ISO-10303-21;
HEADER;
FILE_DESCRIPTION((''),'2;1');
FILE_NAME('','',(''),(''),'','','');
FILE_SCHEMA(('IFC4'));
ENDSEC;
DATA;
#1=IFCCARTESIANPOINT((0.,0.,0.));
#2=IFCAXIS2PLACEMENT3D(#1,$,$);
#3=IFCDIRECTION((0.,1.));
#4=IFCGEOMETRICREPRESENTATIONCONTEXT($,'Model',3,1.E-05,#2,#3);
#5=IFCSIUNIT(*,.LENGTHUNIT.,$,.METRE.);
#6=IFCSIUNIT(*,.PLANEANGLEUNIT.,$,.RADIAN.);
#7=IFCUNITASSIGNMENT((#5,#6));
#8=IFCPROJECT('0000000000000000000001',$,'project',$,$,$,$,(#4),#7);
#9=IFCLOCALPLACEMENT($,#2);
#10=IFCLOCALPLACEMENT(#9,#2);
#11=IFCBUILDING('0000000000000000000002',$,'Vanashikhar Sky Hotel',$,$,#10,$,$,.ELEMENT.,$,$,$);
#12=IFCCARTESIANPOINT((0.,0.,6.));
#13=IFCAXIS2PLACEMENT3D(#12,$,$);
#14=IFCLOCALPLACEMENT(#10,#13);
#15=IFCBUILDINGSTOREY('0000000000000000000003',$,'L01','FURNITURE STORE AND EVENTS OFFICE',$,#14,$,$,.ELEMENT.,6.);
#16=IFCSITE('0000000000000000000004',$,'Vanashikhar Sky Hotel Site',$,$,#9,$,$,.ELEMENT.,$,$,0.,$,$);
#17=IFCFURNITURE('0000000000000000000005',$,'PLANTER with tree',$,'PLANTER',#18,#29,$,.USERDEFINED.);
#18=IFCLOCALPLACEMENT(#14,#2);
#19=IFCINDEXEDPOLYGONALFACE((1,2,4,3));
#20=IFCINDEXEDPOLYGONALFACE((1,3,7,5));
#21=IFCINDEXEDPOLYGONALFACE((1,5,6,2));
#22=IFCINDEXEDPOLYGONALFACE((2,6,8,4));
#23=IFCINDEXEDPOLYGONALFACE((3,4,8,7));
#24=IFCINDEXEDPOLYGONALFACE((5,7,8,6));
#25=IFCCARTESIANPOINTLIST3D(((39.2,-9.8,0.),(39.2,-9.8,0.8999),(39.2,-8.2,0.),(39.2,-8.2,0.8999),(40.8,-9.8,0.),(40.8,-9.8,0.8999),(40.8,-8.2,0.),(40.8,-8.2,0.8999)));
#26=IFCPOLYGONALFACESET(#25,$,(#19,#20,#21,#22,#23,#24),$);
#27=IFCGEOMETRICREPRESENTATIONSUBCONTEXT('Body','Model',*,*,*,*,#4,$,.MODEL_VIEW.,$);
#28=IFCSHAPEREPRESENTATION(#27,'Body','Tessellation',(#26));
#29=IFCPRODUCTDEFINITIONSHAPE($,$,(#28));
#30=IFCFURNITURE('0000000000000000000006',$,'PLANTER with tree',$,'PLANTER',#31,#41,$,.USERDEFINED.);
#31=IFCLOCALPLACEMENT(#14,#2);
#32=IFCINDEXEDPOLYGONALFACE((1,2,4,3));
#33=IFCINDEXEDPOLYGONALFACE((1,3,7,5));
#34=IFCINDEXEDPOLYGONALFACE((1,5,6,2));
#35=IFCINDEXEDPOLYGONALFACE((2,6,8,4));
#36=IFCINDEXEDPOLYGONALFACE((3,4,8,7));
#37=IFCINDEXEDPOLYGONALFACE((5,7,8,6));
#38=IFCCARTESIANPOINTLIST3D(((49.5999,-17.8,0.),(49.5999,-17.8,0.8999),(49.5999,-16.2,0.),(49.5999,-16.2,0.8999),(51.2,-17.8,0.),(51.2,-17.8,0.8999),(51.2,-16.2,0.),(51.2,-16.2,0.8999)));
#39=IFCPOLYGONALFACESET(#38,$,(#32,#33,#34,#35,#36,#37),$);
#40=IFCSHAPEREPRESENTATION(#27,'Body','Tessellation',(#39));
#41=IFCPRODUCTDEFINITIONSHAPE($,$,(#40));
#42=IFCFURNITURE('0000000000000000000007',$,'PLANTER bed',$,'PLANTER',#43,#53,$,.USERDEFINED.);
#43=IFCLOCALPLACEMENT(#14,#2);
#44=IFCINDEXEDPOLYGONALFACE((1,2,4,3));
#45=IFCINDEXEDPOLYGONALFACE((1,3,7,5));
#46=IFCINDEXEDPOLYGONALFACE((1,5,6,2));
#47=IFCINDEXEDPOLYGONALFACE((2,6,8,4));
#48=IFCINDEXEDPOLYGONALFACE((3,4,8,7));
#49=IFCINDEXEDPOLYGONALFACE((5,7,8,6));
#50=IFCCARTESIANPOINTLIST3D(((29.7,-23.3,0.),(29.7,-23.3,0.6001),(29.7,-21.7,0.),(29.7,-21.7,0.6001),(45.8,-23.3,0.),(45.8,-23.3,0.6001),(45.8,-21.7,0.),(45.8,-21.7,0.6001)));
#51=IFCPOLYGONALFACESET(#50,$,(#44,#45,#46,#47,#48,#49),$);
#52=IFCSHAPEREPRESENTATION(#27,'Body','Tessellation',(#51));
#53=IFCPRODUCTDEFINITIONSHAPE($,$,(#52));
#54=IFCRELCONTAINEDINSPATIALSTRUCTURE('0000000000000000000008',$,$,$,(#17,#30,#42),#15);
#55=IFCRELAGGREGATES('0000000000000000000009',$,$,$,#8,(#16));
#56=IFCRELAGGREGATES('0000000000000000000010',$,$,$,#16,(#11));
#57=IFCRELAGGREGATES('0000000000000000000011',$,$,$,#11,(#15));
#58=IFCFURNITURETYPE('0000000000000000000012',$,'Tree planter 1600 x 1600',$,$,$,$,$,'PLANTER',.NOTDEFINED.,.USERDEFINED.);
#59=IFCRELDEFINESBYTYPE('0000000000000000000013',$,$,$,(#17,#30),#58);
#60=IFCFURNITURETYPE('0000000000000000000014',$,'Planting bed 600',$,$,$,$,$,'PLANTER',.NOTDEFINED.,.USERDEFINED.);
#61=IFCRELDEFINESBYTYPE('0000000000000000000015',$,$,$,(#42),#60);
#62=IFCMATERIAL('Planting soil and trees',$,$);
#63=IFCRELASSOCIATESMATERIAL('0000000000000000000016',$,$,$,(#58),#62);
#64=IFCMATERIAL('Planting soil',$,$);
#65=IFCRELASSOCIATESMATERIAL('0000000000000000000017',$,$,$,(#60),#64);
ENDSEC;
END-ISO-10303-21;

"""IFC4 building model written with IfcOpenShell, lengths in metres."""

from ifc_helpers import new_model, si_unit, direction, frame, origin, origin_2d, place, context, subcontext, project, spatial, rectangle, extrude, source, transform, mapped, material, type_object, element, save


model = new_model("IFC4")

# Units and contexts
model_context = context("Model", 3, precision=1e-05, world=origin(), true_north=direction((0.0, 1.0)))
body_context = subcontext(model_context, "Body", "Model", "MODEL_VIEW")
ifc_project = project(units=[si_unit("LENGTHUNIT", "METRE"), si_unit("PLANEANGLEUNIT", "RADIAN")], contexts=[model_context])

# Site, building, storey
site_placement = place(None, origin())
site = spatial("IfcSite", under=ifc_project, at=site_placement, Name="Vanashikhar Sky Hotel Site", CompositionType="ELEMENT", RefElevation=0.0)
building_placement = place(site_placement, origin())
building = spatial("IfcBuilding", under=site, at=building_placement, Name="Vanashikhar Sky Hotel", CompositionType="ELEMENT")
storey_placement = place(building_placement, frame((0.0, 0.0, 6.0)))
storey = spatial("IfcBuildingStorey", under=building, at=storey_placement, Name="L01", Description="FURNITURE STORE AND EVENTS OFFICE", CompositionType="ELEMENT", Elevation=6.0)

# Furniture
ifc_material_1 = material(Name="Planting soil and trees")
furniture_type_1 = type_object("IfcFurnitureType", Name="Tree planter 1600 x 1600", ElementType="PLANTER", AssemblyPlace="NOTDEFINED", PredefinedType="USERDEFINED", material=ifc_material_1)
shared_shape_1 = source(origin(), body_context, "Body", "SweptSolid", [
    extrude(rectangle(XDim=1.6001, YDim=1.6001, at=origin_2d()), origin(), (0.0, 0.0, 1.0), 0.8999),
])
for number, where, z_axis, x_axis, name in (
    (1, (40.0, -9.0, 0.0), (0.0, 0.0, 1.0), (1.0, 0.0, 0.0), "PLANTER with tree"),
    (2, (50.3999, -17.0, 0.0), (0.0, 0.0, 1.0), (1.0, 0.0, 0.0), "PLANTER with tree"),
):
    element("IfcFurniture", number, at=place(storey_placement, frame(where, z_axis=z_axis, x_axis=x_axis)), inside=storey, type_object=furniture_type_1, Name=name, ObjectType="PLANTER", PredefinedType="USERDEFINED", context=body_context, shape_type="MappedRepresentation", body=[
        mapped(shared_shape_1, transform((0.0, 0.0, 0.0), scale=1.0)),
    ])
ifc_material_2 = material(Name="Planting soil")
furniture_type_2 = type_object("IfcFurnitureType", Name="Planting bed 600", ElementType="PLANTER", AssemblyPlace="NOTDEFINED", PredefinedType="USERDEFINED", material=ifc_material_2)
shared_shape_2 = source(origin(), body_context, "Body", "SweptSolid", [
    extrude(rectangle(XDim=16.1001, YDim=1.6001, at=origin_2d()), origin(), (0.0, 0.0, 1.0), 0.6001),
])
furniture_placement = place(storey_placement, frame((37.75, -22.5, 0.0), z_axis=(0.0, 0.0, 1.0), x_axis=(1.0, 0.0, 0.0)))
element("IfcFurniture", 3, at=furniture_placement, inside=storey, type_object=furniture_type_2, Name="PLANTER bed", ObjectType="PLANTER", PredefinedType="USERDEFINED", context=body_context, shape_type="MappedRepresentation", body=[
    mapped(shared_shape_2, transform((0.0, 0.0, 0.0), scale=1.0)),
])

save(model, "model.ifc")
